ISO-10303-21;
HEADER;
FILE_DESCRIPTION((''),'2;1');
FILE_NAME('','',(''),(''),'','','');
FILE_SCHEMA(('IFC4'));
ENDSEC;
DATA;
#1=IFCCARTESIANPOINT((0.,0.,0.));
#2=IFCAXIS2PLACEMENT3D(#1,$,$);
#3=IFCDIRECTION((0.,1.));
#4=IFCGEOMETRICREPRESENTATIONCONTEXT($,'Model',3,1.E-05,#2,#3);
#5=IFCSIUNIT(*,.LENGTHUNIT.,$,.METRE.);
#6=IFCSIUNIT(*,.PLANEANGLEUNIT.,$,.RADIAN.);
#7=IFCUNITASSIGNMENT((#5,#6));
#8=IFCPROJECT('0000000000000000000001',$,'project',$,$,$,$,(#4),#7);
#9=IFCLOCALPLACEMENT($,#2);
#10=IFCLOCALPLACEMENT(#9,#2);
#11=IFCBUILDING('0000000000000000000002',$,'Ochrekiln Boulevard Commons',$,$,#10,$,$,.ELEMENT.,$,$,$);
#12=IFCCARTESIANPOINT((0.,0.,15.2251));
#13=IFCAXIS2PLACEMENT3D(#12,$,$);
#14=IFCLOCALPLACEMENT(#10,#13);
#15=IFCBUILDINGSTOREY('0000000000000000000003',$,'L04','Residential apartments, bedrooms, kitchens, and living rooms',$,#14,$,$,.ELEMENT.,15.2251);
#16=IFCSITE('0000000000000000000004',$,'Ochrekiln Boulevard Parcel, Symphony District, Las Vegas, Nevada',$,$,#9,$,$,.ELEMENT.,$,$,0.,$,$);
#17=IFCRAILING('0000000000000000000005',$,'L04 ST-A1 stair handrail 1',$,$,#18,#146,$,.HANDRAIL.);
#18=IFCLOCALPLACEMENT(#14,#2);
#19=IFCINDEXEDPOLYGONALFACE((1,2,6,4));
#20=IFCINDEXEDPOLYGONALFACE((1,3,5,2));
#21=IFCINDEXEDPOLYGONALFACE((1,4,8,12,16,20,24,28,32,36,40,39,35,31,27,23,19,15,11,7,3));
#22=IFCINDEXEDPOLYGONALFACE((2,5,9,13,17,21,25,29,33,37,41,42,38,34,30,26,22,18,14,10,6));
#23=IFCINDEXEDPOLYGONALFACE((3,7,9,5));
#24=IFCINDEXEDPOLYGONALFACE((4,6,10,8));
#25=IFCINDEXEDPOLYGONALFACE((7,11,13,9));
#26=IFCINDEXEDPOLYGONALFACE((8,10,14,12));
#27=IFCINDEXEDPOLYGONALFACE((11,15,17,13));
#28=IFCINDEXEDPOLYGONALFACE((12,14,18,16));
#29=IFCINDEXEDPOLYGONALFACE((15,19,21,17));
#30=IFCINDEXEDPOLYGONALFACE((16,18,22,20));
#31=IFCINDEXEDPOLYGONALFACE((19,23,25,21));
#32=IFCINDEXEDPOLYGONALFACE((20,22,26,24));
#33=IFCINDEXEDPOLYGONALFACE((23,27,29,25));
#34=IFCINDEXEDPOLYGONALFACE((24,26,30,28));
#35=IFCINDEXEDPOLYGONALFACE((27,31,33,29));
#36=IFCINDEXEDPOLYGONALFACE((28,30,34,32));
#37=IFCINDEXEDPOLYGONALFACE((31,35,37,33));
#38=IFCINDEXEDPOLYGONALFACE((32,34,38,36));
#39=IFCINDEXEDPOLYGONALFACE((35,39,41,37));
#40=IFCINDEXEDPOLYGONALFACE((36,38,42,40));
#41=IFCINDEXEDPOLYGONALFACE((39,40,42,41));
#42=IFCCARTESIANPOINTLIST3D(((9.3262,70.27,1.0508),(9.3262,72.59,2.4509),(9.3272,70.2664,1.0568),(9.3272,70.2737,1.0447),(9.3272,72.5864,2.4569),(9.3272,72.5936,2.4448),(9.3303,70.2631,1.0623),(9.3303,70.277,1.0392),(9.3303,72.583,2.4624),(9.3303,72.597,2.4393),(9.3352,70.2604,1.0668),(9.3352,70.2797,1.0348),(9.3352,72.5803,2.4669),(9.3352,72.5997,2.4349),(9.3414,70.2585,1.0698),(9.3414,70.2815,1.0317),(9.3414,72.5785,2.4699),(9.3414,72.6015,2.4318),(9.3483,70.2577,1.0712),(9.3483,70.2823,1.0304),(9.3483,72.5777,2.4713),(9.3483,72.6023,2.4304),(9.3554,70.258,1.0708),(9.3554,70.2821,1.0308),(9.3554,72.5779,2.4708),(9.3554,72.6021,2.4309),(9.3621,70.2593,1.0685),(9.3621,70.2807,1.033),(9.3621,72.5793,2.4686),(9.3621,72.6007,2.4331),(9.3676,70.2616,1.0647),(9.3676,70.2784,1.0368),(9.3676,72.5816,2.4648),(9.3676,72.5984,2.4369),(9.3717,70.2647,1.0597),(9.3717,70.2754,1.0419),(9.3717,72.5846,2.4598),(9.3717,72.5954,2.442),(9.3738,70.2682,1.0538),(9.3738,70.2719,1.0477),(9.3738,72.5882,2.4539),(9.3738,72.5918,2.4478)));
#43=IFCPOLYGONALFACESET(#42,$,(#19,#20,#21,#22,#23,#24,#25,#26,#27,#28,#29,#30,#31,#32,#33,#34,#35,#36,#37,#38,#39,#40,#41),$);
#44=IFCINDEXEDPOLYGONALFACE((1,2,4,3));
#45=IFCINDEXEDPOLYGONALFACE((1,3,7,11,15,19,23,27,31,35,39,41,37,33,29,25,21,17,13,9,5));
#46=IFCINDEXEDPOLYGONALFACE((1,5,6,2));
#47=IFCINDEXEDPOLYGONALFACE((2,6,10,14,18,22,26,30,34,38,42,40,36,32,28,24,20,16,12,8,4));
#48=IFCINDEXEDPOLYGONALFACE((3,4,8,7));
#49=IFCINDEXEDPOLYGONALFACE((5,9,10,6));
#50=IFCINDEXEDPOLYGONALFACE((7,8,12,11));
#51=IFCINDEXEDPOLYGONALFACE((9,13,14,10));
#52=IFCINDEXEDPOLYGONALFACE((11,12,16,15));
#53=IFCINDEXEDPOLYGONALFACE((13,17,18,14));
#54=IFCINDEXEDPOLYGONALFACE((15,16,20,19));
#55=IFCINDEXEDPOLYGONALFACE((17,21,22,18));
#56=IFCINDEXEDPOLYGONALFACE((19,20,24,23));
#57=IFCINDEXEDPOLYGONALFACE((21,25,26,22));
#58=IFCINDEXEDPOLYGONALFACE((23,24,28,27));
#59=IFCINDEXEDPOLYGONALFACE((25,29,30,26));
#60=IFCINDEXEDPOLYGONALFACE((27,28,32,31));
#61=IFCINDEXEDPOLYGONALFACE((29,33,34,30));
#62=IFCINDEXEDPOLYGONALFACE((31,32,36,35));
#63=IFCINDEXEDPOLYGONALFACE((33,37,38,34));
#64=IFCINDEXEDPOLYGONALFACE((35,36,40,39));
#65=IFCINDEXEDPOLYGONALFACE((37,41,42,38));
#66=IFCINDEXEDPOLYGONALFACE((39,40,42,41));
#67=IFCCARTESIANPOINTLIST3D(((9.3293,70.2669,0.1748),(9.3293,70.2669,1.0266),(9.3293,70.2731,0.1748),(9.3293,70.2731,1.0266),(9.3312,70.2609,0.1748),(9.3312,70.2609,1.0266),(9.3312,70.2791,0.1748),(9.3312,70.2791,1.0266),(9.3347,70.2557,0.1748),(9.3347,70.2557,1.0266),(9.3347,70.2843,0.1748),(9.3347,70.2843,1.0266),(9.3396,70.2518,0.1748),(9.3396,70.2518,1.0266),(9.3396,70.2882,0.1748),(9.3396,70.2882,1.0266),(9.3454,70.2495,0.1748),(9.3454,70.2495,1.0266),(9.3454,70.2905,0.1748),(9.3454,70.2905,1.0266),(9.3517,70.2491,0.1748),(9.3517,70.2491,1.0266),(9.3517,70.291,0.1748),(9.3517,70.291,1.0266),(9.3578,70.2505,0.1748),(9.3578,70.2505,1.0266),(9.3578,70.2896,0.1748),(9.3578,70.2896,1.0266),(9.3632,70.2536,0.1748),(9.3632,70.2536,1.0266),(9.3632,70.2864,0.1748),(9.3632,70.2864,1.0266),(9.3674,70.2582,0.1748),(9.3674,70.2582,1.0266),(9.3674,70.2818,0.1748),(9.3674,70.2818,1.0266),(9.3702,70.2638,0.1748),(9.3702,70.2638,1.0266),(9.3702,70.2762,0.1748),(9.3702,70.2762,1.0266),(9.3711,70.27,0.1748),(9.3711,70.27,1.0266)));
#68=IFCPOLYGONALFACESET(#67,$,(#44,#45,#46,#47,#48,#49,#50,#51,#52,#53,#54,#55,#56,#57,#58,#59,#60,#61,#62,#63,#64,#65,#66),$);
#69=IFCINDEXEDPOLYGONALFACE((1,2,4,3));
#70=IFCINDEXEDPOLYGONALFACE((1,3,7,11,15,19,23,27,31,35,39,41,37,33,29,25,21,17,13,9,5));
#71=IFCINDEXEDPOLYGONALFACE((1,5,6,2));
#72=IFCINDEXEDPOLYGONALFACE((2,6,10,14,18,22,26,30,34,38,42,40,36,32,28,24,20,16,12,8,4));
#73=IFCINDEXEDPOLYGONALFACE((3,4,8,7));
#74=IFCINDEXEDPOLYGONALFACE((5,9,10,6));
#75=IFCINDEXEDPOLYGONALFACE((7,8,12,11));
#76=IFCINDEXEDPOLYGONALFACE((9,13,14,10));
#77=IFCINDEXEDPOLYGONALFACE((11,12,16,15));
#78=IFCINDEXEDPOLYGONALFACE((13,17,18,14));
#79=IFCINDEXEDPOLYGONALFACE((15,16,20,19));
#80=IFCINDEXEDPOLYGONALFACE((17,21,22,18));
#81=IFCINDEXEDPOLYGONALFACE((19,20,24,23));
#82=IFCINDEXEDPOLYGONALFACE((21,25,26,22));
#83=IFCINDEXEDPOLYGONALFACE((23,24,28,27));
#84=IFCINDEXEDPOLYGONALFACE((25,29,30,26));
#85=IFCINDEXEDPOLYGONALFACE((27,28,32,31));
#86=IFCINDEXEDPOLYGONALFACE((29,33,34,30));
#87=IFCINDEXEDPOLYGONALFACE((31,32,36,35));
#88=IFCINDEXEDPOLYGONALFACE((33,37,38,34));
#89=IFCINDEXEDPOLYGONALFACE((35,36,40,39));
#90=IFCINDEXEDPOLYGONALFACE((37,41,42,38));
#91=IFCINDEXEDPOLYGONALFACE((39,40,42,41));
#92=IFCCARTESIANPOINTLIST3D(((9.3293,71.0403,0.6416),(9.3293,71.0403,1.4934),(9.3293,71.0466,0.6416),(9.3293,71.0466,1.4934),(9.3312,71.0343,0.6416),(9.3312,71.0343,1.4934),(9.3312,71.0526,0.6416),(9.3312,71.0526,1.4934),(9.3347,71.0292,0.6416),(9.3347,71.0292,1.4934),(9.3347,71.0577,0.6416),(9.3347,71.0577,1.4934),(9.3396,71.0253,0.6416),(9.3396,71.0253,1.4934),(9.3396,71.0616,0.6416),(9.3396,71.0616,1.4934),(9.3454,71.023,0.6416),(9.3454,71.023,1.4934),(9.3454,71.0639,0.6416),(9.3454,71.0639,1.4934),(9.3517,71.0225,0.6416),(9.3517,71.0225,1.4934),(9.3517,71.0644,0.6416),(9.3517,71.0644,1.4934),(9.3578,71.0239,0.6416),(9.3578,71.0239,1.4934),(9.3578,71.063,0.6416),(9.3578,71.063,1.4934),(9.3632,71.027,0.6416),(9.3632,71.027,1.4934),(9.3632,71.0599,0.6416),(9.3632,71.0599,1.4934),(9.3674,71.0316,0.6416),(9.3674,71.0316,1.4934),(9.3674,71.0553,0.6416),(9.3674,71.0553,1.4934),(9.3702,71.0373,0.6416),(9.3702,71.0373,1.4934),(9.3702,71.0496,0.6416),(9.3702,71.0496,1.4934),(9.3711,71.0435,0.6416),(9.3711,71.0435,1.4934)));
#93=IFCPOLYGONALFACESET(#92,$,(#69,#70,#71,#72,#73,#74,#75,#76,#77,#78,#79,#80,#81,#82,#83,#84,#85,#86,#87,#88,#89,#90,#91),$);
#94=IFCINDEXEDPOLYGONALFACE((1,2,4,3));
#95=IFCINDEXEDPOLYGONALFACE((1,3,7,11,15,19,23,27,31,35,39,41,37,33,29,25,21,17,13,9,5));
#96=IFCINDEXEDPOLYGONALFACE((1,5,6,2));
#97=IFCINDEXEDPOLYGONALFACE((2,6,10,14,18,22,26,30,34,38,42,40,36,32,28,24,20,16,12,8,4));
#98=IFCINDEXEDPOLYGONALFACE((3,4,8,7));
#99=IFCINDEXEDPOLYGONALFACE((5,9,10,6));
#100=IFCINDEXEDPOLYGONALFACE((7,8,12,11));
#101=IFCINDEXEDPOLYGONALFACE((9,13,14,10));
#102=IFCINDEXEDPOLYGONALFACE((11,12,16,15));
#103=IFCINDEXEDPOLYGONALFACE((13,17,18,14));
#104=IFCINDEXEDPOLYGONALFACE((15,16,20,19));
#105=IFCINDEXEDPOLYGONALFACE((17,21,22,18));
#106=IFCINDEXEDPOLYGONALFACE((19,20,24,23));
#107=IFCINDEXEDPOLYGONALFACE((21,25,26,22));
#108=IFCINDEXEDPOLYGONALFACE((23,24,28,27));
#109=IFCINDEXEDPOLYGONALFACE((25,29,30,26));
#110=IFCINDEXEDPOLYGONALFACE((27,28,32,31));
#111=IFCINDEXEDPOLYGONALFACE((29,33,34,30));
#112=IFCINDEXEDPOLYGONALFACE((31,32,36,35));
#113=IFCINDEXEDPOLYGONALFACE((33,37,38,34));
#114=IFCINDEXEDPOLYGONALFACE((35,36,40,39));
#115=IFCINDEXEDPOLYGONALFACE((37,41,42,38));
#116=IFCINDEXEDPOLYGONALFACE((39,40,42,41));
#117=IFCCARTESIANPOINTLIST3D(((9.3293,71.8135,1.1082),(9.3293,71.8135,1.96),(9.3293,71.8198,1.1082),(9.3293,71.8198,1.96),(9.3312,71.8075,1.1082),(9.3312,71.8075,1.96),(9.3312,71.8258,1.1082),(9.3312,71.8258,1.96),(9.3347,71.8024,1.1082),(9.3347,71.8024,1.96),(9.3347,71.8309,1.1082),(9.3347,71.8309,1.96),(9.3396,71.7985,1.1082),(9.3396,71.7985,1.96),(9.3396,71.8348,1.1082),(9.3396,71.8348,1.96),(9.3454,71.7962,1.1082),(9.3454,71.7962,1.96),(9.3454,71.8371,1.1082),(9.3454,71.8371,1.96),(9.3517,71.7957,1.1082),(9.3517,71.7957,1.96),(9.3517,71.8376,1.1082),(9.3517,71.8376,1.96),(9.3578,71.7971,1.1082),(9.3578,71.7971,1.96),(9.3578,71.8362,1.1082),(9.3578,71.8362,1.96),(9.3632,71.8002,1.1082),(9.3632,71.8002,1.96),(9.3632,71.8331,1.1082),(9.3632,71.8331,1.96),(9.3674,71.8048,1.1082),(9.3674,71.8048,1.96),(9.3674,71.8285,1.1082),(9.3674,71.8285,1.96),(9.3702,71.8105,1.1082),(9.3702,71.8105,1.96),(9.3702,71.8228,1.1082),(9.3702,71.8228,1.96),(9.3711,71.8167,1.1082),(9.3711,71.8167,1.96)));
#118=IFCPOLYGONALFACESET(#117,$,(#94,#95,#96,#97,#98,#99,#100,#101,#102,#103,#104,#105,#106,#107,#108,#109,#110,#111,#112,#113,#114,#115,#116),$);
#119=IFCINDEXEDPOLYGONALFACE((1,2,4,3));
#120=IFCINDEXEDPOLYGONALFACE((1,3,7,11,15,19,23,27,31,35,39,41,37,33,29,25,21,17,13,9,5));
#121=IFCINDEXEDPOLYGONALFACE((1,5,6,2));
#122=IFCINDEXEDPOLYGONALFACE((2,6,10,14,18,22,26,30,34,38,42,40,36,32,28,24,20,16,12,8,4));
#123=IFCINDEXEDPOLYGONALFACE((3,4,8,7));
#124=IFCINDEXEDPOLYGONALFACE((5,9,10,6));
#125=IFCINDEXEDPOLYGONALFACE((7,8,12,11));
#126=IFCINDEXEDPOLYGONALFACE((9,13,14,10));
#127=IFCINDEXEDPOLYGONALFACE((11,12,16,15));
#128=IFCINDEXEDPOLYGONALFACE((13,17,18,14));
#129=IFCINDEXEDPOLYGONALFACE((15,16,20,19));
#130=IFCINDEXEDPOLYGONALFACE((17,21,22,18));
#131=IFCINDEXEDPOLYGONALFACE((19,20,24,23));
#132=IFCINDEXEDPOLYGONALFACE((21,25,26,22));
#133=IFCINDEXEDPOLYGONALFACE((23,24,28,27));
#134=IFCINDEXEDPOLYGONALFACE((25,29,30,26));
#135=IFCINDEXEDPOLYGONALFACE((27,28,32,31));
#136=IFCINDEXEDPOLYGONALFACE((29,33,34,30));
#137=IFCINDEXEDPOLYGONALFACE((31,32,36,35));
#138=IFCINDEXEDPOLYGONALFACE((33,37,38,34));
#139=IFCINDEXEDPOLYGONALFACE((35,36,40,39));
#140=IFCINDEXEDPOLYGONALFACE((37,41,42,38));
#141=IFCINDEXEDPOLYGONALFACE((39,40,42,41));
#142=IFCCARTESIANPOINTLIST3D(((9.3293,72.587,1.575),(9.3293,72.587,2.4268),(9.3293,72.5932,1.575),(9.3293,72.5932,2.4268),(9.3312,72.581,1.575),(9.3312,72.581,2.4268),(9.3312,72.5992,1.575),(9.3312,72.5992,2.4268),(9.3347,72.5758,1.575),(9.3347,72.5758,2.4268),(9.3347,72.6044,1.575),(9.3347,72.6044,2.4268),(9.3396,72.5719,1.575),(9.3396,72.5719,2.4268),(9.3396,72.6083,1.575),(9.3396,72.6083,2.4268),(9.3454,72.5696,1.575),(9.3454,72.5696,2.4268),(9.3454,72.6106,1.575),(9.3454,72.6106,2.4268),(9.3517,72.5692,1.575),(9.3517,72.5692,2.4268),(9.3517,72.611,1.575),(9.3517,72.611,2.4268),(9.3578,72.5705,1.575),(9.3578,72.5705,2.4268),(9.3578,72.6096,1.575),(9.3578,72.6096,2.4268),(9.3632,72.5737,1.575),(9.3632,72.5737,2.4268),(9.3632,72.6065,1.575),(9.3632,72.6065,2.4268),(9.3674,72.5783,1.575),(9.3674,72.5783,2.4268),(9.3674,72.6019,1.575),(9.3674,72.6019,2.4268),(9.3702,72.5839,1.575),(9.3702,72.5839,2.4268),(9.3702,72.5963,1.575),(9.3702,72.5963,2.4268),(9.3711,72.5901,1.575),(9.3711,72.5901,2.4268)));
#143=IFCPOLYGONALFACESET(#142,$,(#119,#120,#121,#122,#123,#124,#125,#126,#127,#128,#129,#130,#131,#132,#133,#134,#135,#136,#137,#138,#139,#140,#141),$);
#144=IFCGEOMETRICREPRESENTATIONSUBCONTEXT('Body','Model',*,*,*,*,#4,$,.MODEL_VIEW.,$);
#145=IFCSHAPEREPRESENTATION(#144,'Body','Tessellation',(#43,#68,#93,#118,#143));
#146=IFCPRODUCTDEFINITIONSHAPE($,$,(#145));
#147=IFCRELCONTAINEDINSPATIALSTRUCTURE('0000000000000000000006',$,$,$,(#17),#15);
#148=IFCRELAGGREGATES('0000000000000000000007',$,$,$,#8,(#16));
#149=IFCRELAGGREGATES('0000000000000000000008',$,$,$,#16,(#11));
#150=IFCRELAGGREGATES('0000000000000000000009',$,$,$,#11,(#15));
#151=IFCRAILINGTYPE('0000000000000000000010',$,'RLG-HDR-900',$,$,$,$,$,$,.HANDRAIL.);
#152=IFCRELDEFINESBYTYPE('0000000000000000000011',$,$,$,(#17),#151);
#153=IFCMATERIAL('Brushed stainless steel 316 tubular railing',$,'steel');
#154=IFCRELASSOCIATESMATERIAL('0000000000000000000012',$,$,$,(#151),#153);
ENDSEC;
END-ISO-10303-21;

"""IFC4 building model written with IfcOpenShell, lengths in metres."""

from ifc_helpers import new_model, si_unit, direction, frame, origin, origin_2d, place, context, subcontext, project, spatial, circle, extrude, material, type_object, element, save


model = new_model("IFC4")

# Units and contexts
model_context = context("Model", 3, precision=1e-05, world=origin(), true_north=direction((0.0, 1.0)))
body_context = subcontext(model_context, "Body", "Model", "MODEL_VIEW")
ifc_project = project(units=[si_unit("LENGTHUNIT", "METRE"), si_unit("PLANEANGLEUNIT", "RADIAN")], contexts=[model_context])

# Site, building, storey
site_placement = place(None, origin())
site = spatial("IfcSite", under=ifc_project, at=site_placement, Name="Ochrekiln Boulevard Parcel, Symphony District, Las Vegas, Nevada", CompositionType="ELEMENT", RefElevation=0.0)
building_placement = place(site_placement, origin())
building = spatial("IfcBuilding", under=site, at=building_placement, Name="Ochrekiln Boulevard Commons", CompositionType="ELEMENT")
storey_placement = place(building_placement, frame((0.0, 0.0, 15.2251)))
storey = spatial("IfcBuildingStorey", under=building, at=storey_placement, Name="L04", Description="Residential apartments, bedrooms, kitchens, and living rooms", CompositionType="ELEMENT", Elevation=15.2251)

# Railing
ifc_material_1 = material(Name="Brushed stainless steel 316 tubular railing", Category="steel")
railing_type_1 = type_object("IfcRailingType", Name="RLG-HDR-900", PredefinedType="HANDRAIL", material=ifc_material_1)
railing_1_placement = place(storey_placement, frame((9.3501, 70.27, 0.1748)))
element("IfcRailing", 1, at=railing_1_placement, inside=storey, type_object=railing_type_1, Name="L04 ST-A1 stair handrail 1", PredefinedType="HANDRAIL", context=body_context, shape_type="SweptSolid", body=[
    extrude(circle(Radius=0.0239, at=origin_2d()), frame((0.0, 0.0, 0.876), z_axis=(0.0, 0.85617, 0.516693), x_axis=(-1.0, 0.0, 0.0)), (0.0, 0.0, 1.0), 2.7097),
    extrude(circle(Radius=0.021, at=origin_2d()), origin(), (0.0, 0.0, 1.0), 0.8518),
    extrude(circle(Radius=0.021, at=origin_2d()), frame((0.0, 0.7734, 0.4668)), (0.0, 0.0, 1.0), 0.8518),
    extrude(circle(Radius=0.021, at=origin_2d()), frame((0.0, 1.5466, 0.9333)), (0.0, 0.0, 1.0), 0.8518),
    extrude(circle(Radius=0.021, at=origin_2d()), frame((0.0, 2.3201, 1.4001)), (0.0, 0.0, 1.0), 0.8518),
])

save(model, "model.ifc")
